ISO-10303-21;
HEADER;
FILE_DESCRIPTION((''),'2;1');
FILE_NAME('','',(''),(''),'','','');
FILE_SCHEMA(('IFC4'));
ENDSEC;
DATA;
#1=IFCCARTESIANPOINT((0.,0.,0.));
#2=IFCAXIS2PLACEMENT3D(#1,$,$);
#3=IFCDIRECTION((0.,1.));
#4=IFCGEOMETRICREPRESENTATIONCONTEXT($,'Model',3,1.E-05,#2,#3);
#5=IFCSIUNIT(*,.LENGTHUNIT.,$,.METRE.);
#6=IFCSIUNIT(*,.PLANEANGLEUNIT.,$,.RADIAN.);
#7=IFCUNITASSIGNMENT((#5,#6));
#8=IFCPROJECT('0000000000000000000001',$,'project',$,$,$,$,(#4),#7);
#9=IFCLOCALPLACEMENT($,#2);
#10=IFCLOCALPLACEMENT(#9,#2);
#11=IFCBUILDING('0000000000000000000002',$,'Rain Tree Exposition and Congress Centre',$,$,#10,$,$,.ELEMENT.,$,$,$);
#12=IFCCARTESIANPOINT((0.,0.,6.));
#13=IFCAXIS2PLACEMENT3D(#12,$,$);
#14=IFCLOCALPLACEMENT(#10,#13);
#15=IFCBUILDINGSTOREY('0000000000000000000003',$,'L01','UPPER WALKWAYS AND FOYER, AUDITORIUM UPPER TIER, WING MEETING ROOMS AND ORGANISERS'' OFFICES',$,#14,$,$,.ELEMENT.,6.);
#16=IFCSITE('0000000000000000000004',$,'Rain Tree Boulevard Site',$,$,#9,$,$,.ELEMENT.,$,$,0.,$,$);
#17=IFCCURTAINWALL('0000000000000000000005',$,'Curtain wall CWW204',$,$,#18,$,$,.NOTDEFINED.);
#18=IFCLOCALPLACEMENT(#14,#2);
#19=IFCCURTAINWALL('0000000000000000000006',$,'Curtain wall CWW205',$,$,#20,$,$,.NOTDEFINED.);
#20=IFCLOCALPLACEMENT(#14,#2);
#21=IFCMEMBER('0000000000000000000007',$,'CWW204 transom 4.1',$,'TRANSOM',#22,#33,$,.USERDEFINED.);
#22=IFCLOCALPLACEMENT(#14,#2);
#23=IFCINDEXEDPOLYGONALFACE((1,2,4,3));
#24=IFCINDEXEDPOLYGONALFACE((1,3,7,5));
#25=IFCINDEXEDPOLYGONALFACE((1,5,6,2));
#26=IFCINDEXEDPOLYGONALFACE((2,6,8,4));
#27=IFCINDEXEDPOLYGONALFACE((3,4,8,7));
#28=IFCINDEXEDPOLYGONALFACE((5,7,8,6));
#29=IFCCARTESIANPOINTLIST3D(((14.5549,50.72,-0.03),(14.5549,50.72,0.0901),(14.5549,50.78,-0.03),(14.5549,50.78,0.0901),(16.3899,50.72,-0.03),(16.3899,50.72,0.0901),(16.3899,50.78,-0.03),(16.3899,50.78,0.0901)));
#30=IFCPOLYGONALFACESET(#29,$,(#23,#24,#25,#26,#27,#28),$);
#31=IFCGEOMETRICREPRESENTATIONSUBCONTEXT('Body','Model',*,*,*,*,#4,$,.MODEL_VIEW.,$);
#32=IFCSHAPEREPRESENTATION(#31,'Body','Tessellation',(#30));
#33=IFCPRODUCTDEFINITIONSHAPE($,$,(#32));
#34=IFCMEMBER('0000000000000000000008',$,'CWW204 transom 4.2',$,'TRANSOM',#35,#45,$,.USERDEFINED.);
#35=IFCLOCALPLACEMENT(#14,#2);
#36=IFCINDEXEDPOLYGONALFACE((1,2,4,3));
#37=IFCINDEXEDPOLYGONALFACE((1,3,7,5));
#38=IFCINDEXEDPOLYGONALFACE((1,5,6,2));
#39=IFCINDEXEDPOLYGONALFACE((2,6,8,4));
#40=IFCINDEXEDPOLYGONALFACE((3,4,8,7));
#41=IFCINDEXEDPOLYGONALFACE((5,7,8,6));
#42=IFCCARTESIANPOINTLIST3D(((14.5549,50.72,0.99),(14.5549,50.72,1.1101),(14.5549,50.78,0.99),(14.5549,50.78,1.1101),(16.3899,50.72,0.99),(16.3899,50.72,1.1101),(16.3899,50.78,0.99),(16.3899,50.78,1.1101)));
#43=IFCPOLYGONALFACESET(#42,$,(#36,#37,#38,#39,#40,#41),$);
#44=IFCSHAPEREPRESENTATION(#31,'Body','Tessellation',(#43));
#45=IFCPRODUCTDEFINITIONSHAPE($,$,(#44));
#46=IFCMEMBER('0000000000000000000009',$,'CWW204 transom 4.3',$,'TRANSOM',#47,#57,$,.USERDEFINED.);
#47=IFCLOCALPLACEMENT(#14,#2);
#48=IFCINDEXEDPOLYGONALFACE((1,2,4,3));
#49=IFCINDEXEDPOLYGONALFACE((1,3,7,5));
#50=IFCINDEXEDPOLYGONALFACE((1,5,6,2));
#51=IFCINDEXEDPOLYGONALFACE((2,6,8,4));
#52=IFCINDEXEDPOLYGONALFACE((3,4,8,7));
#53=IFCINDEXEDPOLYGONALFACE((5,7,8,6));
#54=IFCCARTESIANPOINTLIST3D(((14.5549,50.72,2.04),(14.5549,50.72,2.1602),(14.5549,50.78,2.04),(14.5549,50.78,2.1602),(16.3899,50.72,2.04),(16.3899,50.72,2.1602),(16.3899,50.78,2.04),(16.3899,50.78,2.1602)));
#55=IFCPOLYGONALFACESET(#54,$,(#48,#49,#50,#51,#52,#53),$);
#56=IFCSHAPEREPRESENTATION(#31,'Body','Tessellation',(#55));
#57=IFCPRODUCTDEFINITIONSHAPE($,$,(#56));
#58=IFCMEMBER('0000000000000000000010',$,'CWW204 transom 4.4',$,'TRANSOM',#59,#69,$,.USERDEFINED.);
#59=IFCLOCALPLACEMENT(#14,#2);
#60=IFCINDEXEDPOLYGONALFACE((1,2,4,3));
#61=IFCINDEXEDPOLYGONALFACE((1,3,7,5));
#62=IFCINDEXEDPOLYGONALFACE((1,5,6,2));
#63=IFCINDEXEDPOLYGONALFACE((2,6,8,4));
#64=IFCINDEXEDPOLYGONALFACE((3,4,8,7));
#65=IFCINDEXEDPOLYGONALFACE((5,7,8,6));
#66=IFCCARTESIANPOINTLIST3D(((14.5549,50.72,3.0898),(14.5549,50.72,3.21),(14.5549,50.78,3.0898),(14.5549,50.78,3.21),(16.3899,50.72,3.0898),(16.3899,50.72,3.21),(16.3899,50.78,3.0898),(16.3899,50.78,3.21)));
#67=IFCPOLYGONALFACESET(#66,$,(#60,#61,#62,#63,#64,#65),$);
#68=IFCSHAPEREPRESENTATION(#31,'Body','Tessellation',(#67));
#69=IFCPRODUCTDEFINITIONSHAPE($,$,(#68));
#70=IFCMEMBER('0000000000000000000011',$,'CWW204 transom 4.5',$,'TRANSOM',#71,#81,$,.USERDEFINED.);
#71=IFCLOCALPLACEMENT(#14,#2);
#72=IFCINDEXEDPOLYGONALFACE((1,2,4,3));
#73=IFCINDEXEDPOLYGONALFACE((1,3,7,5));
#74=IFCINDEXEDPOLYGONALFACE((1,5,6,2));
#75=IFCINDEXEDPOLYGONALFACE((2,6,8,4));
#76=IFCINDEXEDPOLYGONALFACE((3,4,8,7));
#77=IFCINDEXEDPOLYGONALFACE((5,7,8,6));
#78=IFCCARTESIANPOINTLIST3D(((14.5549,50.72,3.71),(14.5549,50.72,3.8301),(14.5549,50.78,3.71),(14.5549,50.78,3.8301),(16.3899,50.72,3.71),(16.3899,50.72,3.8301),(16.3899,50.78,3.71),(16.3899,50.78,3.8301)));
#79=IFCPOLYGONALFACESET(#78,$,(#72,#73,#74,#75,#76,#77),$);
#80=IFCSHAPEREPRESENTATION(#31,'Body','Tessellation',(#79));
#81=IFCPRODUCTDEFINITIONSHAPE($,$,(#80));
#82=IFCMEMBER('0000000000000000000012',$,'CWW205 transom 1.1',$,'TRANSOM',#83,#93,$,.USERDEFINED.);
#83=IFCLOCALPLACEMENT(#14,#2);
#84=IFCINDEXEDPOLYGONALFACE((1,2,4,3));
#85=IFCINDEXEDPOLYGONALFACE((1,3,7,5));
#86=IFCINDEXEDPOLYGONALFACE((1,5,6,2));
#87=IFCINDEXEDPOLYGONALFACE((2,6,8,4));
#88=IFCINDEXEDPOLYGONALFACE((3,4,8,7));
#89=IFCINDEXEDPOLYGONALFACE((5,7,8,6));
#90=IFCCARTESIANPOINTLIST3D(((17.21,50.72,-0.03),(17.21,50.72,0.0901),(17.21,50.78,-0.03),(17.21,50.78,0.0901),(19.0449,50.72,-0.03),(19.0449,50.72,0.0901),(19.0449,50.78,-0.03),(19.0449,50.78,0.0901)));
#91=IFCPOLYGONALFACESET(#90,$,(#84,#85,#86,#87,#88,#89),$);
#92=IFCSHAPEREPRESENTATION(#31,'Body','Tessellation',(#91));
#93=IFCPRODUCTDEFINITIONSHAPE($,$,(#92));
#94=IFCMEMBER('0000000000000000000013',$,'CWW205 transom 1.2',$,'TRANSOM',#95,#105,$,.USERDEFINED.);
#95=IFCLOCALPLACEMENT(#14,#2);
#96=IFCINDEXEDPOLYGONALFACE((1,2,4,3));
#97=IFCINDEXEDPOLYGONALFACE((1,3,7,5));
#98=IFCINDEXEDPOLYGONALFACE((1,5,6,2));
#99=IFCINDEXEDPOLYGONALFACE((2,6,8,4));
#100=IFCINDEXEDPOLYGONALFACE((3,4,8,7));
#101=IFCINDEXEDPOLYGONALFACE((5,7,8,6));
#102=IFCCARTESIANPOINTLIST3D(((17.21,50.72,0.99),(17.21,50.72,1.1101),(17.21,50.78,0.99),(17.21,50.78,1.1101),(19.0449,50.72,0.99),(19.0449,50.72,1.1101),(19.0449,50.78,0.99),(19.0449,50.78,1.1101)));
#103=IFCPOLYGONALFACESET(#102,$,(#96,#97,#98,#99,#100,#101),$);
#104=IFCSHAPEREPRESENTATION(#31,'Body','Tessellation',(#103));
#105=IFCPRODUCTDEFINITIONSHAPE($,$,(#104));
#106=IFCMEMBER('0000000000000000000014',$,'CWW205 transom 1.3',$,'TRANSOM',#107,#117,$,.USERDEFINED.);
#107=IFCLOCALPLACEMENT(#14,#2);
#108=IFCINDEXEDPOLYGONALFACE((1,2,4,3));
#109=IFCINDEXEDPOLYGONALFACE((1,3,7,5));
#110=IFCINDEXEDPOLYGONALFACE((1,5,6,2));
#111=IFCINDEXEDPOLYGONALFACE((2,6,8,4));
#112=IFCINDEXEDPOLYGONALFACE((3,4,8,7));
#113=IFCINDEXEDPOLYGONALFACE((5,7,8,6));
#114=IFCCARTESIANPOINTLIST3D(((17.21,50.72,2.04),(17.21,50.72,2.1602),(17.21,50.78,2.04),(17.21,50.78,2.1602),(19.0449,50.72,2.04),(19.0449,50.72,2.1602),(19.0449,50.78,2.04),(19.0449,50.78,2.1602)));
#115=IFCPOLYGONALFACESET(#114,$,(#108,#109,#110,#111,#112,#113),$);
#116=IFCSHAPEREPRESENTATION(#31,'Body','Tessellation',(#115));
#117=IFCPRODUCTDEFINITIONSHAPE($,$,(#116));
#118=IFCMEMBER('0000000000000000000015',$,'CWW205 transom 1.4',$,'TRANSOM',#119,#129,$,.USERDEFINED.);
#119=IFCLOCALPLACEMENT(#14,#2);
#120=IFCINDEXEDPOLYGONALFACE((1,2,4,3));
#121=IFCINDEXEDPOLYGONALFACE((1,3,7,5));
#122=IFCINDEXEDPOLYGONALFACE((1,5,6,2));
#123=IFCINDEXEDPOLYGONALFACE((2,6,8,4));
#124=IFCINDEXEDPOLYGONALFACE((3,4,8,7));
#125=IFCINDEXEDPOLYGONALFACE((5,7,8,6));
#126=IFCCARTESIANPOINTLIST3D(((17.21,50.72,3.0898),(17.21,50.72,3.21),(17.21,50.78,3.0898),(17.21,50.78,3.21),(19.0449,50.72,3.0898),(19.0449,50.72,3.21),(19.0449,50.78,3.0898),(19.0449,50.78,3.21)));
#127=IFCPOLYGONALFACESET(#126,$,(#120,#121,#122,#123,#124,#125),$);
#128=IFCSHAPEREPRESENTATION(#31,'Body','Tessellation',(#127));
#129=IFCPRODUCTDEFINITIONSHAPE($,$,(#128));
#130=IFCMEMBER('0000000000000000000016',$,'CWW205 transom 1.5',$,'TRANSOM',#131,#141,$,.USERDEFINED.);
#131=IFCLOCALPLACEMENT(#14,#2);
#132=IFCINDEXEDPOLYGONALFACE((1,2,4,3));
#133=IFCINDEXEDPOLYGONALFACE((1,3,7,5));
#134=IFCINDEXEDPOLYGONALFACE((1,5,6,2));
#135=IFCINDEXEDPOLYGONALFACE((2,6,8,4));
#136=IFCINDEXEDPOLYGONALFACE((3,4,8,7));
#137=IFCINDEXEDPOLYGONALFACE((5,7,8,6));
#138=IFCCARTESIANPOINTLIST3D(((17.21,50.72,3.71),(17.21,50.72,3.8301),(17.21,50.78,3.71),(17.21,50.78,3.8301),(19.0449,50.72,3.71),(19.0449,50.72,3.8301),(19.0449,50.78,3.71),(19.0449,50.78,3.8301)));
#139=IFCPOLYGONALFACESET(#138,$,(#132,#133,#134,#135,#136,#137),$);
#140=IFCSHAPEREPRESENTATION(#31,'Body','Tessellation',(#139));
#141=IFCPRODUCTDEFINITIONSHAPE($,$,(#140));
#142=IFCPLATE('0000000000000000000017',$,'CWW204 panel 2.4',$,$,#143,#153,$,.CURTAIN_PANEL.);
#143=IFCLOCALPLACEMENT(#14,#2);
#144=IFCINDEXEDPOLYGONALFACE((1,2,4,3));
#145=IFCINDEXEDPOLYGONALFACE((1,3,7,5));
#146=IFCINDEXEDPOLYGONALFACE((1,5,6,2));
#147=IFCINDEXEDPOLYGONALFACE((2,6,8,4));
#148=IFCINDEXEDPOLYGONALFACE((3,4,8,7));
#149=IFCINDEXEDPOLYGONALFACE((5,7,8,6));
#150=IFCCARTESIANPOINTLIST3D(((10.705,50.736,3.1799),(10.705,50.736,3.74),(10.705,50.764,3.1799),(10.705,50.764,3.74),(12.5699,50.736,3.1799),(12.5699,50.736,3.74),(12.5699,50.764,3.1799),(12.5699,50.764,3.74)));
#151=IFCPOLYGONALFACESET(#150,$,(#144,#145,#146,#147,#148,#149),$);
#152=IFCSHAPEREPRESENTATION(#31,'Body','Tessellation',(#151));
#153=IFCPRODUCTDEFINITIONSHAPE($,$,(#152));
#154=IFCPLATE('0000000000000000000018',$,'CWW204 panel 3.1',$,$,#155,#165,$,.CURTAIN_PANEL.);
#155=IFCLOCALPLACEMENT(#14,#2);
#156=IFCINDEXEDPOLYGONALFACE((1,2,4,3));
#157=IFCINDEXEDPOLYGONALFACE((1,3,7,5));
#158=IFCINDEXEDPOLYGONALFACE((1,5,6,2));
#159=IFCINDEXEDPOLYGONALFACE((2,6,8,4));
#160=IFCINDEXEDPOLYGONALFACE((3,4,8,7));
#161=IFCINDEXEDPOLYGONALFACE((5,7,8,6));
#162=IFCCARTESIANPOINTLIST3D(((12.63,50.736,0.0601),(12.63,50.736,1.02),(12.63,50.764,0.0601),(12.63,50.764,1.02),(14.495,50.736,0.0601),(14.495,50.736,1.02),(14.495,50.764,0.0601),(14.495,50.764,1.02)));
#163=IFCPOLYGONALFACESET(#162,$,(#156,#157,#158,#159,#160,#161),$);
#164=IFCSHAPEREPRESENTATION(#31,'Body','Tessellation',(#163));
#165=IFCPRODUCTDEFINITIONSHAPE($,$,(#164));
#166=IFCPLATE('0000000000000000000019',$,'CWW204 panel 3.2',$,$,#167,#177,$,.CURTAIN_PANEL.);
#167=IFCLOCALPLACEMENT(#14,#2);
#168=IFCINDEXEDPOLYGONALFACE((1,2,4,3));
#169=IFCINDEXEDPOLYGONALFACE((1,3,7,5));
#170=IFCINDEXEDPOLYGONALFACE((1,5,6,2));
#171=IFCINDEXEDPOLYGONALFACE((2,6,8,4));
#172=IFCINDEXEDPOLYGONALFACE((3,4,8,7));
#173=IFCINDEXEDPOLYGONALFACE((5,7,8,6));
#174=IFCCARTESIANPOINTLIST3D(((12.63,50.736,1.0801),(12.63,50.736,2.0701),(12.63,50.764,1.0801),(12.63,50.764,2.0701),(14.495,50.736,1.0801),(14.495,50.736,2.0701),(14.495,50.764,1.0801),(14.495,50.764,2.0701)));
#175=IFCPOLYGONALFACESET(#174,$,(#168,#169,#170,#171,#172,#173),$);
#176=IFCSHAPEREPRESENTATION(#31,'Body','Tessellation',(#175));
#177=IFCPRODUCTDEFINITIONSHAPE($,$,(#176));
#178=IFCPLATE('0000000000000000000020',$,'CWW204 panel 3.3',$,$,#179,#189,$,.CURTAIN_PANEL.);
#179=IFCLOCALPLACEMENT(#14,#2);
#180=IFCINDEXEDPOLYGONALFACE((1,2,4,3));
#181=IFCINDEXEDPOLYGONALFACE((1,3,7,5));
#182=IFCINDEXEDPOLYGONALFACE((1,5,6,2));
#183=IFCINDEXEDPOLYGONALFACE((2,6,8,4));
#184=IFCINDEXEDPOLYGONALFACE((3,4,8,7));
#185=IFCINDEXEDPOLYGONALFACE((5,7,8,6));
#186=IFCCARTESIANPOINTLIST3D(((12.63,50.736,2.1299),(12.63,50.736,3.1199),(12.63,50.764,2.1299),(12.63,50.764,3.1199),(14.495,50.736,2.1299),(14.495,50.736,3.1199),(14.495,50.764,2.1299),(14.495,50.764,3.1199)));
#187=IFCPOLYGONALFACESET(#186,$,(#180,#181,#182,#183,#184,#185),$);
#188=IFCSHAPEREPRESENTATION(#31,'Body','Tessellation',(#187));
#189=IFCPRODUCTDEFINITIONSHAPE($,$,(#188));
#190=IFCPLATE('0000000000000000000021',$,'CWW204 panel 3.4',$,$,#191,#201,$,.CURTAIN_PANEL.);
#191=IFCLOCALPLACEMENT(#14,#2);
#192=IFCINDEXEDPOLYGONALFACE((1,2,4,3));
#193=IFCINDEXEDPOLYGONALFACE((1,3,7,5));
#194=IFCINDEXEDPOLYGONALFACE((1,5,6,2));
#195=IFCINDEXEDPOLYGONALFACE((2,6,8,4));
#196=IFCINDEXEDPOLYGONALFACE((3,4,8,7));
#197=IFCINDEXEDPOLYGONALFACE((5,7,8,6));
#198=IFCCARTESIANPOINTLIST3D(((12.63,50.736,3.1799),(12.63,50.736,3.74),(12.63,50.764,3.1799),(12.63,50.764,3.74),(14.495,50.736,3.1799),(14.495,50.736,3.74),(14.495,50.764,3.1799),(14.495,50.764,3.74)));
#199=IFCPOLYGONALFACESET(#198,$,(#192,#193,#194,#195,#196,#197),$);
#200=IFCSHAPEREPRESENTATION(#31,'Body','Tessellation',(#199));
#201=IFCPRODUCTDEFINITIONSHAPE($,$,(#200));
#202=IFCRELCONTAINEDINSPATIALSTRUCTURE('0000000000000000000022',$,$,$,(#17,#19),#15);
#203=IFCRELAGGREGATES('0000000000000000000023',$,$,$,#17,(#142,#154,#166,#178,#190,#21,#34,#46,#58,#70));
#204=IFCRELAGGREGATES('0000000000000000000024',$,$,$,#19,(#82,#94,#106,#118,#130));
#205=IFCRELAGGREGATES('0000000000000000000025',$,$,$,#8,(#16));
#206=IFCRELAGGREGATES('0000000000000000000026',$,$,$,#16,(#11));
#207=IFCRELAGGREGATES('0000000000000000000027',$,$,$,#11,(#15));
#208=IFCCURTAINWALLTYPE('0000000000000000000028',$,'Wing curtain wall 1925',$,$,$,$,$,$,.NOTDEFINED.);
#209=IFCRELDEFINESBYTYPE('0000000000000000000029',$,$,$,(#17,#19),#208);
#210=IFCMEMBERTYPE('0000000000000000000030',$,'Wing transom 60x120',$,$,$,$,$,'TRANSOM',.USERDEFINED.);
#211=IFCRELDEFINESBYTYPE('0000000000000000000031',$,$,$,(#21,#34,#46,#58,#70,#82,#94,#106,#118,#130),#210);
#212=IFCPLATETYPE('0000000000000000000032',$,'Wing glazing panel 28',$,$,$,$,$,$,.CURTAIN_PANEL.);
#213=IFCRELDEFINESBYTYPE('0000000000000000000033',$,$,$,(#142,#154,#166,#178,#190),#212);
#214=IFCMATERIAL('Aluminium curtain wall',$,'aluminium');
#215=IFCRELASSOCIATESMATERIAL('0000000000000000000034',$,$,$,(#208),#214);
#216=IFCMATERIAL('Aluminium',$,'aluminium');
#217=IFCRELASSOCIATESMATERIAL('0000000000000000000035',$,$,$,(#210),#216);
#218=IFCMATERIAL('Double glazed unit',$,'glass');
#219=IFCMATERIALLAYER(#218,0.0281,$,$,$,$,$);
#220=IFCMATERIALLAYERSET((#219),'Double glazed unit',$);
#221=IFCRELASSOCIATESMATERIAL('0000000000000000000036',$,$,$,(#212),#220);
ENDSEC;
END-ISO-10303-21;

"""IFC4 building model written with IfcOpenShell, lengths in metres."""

from ifc_helpers import new_model, si_unit, direction, frame, origin, origin_2d, place, context, subcontext, project, spatial, rectangle, extrude, material, layer, layer_set, material_profile, profile_set, type_object, element, aggregate, save


model = new_model("IFC4")

# Units and contexts
model_context = context("Model", 3, precision=1e-05, world=origin(), true_north=direction((0.0, 1.0)))
body_context = subcontext(model_context, "Body", "Model", "MODEL_VIEW")
ifc_project = project(units=[si_unit("LENGTHUNIT", "METRE"), si_unit("PLANEANGLEUNIT", "RADIAN")], contexts=[model_context])

# Site, building, storey
site_placement = place(None, origin())
site = spatial("IfcSite", under=ifc_project, at=site_placement, Name="Rain Tree Boulevard Site", CompositionType="ELEMENT", RefElevation=0.0)
building_placement = place(site_placement, origin())
building = spatial("IfcBuilding", under=site, at=building_placement, Name="Rain Tree Exposition and Congress Centre", CompositionType="ELEMENT")
storey_placement = place(building_placement, frame((0.0, 0.0, 6.0)))
storey = spatial("IfcBuildingStorey", under=building, at=storey_placement, Name="L01", Description="UPPER WALKWAYS AND FOYER, AUDITORIUM UPPER TIER, WING MEETING ROOMS AND ORGANISERS' OFFICES", CompositionType="ELEMENT", Elevation=6.0)

# Curtain wall
ifc_material_1 = material(Name="Aluminium curtain wall", Category="aluminium")
curtain_wall_type = type_object("IfcCurtainWallType", Name="Wing curtain wall 1925", PredefinedType="NOTDEFINED", material=ifc_material_1)
curtain_wall_1_placement = place(storey_placement, origin())
curtain_wall_1 = element("IfcCurtainWall", 1, at=curtain_wall_1_placement, inside=storey, type_object=curtain_wall_type, Name="Curtain wall CWW204", PredefinedType="NOTDEFINED")

# Curtain wall
curtain_wall_2_placement = place(storey_placement, origin())
curtain_wall_2 = element("IfcCurtainWall", 2, at=curtain_wall_2_placement, inside=storey, type_object=curtain_wall_type, Name="Curtain wall CWW205", PredefinedType="NOTDEFINED")

# Members
ifc_material_2 = material(Name="Aluminium", Category="aluminium")
ifc_material_profile_1 = material_profile(ifc_material_2, rectangle(XDim=0.0601, YDim=0.1201, at=origin_2d()), Name="Aluminium 60x120")
ifc_profile_set_1 = profile_set([ifc_material_profile_1], Name="Aluminium")
member_type_1 = type_object("IfcMemberType", Name="Wing transom 60x120", ElementType="TRANSOM", PredefinedType="USERDEFINED", material=ifc_profile_set_1)
member_1_placement = place(storey_placement, frame((14.5549, 50.75, 0.03), z_axis=(1.0, 0.0, 0.0), x_axis=(0.0, 1.0, 0.0)))
member_1 = element("IfcMember", 3, at=member_1_placement, type_object=member_type_1, Name="CWW204 transom 4.1", ObjectType="TRANSOM", PredefinedType="USERDEFINED", context=body_context, shape_type="SweptSolid", body=[
    extrude(rectangle(XDim=0.0601, YDim=0.1201, at=origin_2d()), origin(), (0.0, 0.0, 1.0), 1.835),
])
member_2_placement = place(storey_placement, frame((14.5549, 50.75, 1.05), z_axis=(1.0, 0.0, 0.0), x_axis=(0.0, 1.0, 0.0)))
member_2 = element("IfcMember", 4, at=member_2_placement, type_object=member_type_1, Name="CWW204 transom 4.2", ObjectType="TRANSOM", PredefinedType="USERDEFINED", context=body_context, shape_type="SweptSolid", body=[
    extrude(rectangle(XDim=0.0601, YDim=0.1201, at=origin_2d()), origin(), (0.0, 0.0, 1.0), 1.835),
])
member_3_placement = place(storey_placement, frame((14.5549, 50.75, 2.1001), z_axis=(1.0, 0.0, 0.0), x_axis=(0.0, 1.0, 0.0)))
member_3 = element("IfcMember", 5, at=member_3_placement, type_object=member_type_1, Name="CWW204 transom 4.3", ObjectType="TRANSOM", PredefinedType="USERDEFINED", context=body_context, shape_type="SweptSolid", body=[
    extrude(rectangle(XDim=0.0601, YDim=0.1201, at=origin_2d()), origin(), (0.0, 0.0, 1.0), 1.835),
])
member_4_placement = place(storey_placement, frame((14.5549, 50.75, 3.1499), z_axis=(1.0, 0.0, 0.0), x_axis=(0.0, 1.0, 0.0)))
member_4 = element("IfcMember", 6, at=member_4_placement, type_object=member_type_1, Name="CWW204 transom 4.4", ObjectType="TRANSOM", PredefinedType="USERDEFINED", context=body_context, shape_type="SweptSolid", body=[
    extrude(rectangle(XDim=0.0601, YDim=0.1201, at=origin_2d()), origin(), (0.0, 0.0, 1.0), 1.835),
])
member_5_placement = place(storey_placement, frame((14.5549, 50.75, 3.77), z_axis=(1.0, 0.0, 0.0), x_axis=(0.0, 1.0, 0.0)))
member_5 = element("IfcMember", 7, at=member_5_placement, type_object=member_type_1, Name="CWW204 transom 4.5", ObjectType="TRANSOM", PredefinedType="USERDEFINED", context=body_context, shape_type="SweptSolid", body=[
    extrude(rectangle(XDim=0.0601, YDim=0.1201, at=origin_2d()), origin(), (0.0, 0.0, 1.0), 1.835),
])
member_6_placement = place(storey_placement, frame((17.21, 50.75, 0.03), z_axis=(1.0, 0.0, 0.0), x_axis=(0.0, 1.0, 0.0)))
member_6 = element("IfcMember", 8, at=member_6_placement, type_object=member_type_1, Name="CWW205 transom 1.1", ObjectType="TRANSOM", PredefinedType="USERDEFINED", context=body_context, shape_type="SweptSolid", body=[
    extrude(rectangle(XDim=0.0601, YDim=0.1201, at=origin_2d()), origin(), (0.0, 0.0, 1.0), 1.835),
])
member_7_placement = place(storey_placement, frame((17.21, 50.75, 1.05), z_axis=(1.0, 0.0, 0.0), x_axis=(0.0, 1.0, 0.0)))
member_7 = element("IfcMember", 9, at=member_7_placement, type_object=member_type_1, Name="CWW205 transom 1.2", ObjectType="TRANSOM", PredefinedType="USERDEFINED", context=body_context, shape_type="SweptSolid", body=[
    extrude(rectangle(XDim=0.0601, YDim=0.1201, at=origin_2d()), origin(), (0.0, 0.0, 1.0), 1.835),
])
member_8_placement = place(storey_placement, frame((17.21, 50.75, 2.1001), z_axis=(1.0, 0.0, 0.0), x_axis=(0.0, 1.0, 0.0)))
member_8 = element("IfcMember", 10, at=member_8_placement, type_object=member_type_1, Name="CWW205 transom 1.3", ObjectType="TRANSOM", PredefinedType="USERDEFINED", context=body_context, shape_type="SweptSolid", body=[
    extrude(rectangle(XDim=0.0601, YDim=0.1201, at=origin_2d()), origin(), (0.0, 0.0, 1.0), 1.835),
])
member_9_placement = place(storey_placement, frame((17.21, 50.75, 3.1499), z_axis=(1.0, 0.0, 0.0), x_axis=(0.0, 1.0, 0.0)))
member_9 = element("IfcMember", 11, at=member_9_placement, type_object=member_type_1, Name="CWW205 transom 1.4", ObjectType="TRANSOM", PredefinedType="USERDEFINED", context=body_context, shape_type="SweptSolid", body=[
    extrude(rectangle(XDim=0.0601, YDim=0.1201, at=origin_2d()), origin(), (0.0, 0.0, 1.0), 1.835),
])
member_10_placement = place(storey_placement, frame((17.21, 50.75, 3.77), z_axis=(1.0, 0.0, 0.0), x_axis=(0.0, 1.0, 0.0)))
member_10 = element("IfcMember", 12, at=member_10_placement, type_object=member_type_1, Name="CWW205 transom 1.5", ObjectType="TRANSOM", PredefinedType="USERDEFINED", context=body_context, shape_type="SweptSolid", body=[
    extrude(rectangle(XDim=0.0601, YDim=0.1201, at=origin_2d()), origin(), (0.0, 0.0, 1.0), 1.835),
])

# Plates
ifc_material_3 = material(Name="Double glazed unit", Category="glass")
ifc_layer_1 = layer(ifc_material_3, 0.0281)
ifc_layer_set_1 = layer_set([ifc_layer_1], Name="Double glazed unit")
plate_type = type_object("IfcPlateType", Name="Wing glazing panel 28", PredefinedType="CURTAIN_PANEL", material=ifc_layer_set_1)
plate_1_placement = place(storey_placement, frame((11.6375, 50.75, 3.1799), z_axis=(0.0, 0.0, 1.0), x_axis=(1.0, 0.0, 0.0)))
plate_1 = element("IfcPlate", 13, at=plate_1_placement, type_object=plate_type, Name="CWW204 panel 2.4", PredefinedType="CURTAIN_PANEL", context=body_context, shape_type="SweptSolid", body=[
    extrude(rectangle(XDim=1.865, YDim=0.0281, at=origin_2d()), origin(), (0.0, 0.0, 1.0), 0.5601),
])
plate_2_placement = place(storey_placement, frame((13.5625, 50.75, 0.0601), z_axis=(0.0, 0.0, 1.0), x_axis=(1.0, 0.0, 0.0)))
plate_2 = element("IfcPlate", 14, at=plate_2_placement, type_object=plate_type, Name="CWW204 panel 3.1", PredefinedType="CURTAIN_PANEL", context=body_context, shape_type="SweptSolid", body=[
    extrude(rectangle(XDim=1.865, YDim=0.0281, at=origin_2d()), origin(), (0.0, 0.0, 1.0), 0.96),
])
plate_3_placement = place(storey_placement, frame((13.5625, 50.75, 1.0801), z_axis=(0.0, 0.0, 1.0), x_axis=(1.0, 0.0, 0.0)))
plate_3 = element("IfcPlate", 15, at=plate_3_placement, type_object=plate_type, Name="CWW204 panel 3.2", PredefinedType="CURTAIN_PANEL", context=body_context, shape_type="SweptSolid", body=[
    extrude(rectangle(XDim=1.865, YDim=0.0281, at=origin_2d()), origin(), (0.0, 0.0, 1.0), 0.99),
])
plate_4_placement = place(storey_placement, frame((13.5625, 50.75, 2.1299), z_axis=(0.0, 0.0, 1.0), x_axis=(1.0, 0.0, 0.0)))
plate_4 = element("IfcPlate", 16, at=plate_4_placement, type_object=plate_type, Name="CWW204 panel 3.3", PredefinedType="CURTAIN_PANEL", context=body_context, shape_type="SweptSolid", body=[
    extrude(rectangle(XDim=1.865, YDim=0.0281, at=origin_2d()), origin(), (0.0, 0.0, 1.0), 0.99),
])
plate_5_placement = place(storey_placement, frame((13.5625, 50.75, 3.1799), z_axis=(0.0, 0.0, 1.0), x_axis=(1.0, 0.0, 0.0)))
plate_5 = element("IfcPlate", 17, at=plate_5_placement, type_object=plate_type, Name="CWW204 panel 3.4", PredefinedType="CURTAIN_PANEL", context=body_context, shape_type="SweptSolid", body=[
    extrude(rectangle(XDim=1.865, YDim=0.0281, at=origin_2d()), origin(), (0.0, 0.0, 1.0), 0.5601),
])
aggregate(curtain_wall_1, [plate_1, plate_2, plate_3, plate_4, plate_5, member_1, member_2, member_3, member_4, member_5])
aggregate(curtain_wall_2, [member_6, member_7, member_8, member_9, member_10])

save(model, "model.ifc")
